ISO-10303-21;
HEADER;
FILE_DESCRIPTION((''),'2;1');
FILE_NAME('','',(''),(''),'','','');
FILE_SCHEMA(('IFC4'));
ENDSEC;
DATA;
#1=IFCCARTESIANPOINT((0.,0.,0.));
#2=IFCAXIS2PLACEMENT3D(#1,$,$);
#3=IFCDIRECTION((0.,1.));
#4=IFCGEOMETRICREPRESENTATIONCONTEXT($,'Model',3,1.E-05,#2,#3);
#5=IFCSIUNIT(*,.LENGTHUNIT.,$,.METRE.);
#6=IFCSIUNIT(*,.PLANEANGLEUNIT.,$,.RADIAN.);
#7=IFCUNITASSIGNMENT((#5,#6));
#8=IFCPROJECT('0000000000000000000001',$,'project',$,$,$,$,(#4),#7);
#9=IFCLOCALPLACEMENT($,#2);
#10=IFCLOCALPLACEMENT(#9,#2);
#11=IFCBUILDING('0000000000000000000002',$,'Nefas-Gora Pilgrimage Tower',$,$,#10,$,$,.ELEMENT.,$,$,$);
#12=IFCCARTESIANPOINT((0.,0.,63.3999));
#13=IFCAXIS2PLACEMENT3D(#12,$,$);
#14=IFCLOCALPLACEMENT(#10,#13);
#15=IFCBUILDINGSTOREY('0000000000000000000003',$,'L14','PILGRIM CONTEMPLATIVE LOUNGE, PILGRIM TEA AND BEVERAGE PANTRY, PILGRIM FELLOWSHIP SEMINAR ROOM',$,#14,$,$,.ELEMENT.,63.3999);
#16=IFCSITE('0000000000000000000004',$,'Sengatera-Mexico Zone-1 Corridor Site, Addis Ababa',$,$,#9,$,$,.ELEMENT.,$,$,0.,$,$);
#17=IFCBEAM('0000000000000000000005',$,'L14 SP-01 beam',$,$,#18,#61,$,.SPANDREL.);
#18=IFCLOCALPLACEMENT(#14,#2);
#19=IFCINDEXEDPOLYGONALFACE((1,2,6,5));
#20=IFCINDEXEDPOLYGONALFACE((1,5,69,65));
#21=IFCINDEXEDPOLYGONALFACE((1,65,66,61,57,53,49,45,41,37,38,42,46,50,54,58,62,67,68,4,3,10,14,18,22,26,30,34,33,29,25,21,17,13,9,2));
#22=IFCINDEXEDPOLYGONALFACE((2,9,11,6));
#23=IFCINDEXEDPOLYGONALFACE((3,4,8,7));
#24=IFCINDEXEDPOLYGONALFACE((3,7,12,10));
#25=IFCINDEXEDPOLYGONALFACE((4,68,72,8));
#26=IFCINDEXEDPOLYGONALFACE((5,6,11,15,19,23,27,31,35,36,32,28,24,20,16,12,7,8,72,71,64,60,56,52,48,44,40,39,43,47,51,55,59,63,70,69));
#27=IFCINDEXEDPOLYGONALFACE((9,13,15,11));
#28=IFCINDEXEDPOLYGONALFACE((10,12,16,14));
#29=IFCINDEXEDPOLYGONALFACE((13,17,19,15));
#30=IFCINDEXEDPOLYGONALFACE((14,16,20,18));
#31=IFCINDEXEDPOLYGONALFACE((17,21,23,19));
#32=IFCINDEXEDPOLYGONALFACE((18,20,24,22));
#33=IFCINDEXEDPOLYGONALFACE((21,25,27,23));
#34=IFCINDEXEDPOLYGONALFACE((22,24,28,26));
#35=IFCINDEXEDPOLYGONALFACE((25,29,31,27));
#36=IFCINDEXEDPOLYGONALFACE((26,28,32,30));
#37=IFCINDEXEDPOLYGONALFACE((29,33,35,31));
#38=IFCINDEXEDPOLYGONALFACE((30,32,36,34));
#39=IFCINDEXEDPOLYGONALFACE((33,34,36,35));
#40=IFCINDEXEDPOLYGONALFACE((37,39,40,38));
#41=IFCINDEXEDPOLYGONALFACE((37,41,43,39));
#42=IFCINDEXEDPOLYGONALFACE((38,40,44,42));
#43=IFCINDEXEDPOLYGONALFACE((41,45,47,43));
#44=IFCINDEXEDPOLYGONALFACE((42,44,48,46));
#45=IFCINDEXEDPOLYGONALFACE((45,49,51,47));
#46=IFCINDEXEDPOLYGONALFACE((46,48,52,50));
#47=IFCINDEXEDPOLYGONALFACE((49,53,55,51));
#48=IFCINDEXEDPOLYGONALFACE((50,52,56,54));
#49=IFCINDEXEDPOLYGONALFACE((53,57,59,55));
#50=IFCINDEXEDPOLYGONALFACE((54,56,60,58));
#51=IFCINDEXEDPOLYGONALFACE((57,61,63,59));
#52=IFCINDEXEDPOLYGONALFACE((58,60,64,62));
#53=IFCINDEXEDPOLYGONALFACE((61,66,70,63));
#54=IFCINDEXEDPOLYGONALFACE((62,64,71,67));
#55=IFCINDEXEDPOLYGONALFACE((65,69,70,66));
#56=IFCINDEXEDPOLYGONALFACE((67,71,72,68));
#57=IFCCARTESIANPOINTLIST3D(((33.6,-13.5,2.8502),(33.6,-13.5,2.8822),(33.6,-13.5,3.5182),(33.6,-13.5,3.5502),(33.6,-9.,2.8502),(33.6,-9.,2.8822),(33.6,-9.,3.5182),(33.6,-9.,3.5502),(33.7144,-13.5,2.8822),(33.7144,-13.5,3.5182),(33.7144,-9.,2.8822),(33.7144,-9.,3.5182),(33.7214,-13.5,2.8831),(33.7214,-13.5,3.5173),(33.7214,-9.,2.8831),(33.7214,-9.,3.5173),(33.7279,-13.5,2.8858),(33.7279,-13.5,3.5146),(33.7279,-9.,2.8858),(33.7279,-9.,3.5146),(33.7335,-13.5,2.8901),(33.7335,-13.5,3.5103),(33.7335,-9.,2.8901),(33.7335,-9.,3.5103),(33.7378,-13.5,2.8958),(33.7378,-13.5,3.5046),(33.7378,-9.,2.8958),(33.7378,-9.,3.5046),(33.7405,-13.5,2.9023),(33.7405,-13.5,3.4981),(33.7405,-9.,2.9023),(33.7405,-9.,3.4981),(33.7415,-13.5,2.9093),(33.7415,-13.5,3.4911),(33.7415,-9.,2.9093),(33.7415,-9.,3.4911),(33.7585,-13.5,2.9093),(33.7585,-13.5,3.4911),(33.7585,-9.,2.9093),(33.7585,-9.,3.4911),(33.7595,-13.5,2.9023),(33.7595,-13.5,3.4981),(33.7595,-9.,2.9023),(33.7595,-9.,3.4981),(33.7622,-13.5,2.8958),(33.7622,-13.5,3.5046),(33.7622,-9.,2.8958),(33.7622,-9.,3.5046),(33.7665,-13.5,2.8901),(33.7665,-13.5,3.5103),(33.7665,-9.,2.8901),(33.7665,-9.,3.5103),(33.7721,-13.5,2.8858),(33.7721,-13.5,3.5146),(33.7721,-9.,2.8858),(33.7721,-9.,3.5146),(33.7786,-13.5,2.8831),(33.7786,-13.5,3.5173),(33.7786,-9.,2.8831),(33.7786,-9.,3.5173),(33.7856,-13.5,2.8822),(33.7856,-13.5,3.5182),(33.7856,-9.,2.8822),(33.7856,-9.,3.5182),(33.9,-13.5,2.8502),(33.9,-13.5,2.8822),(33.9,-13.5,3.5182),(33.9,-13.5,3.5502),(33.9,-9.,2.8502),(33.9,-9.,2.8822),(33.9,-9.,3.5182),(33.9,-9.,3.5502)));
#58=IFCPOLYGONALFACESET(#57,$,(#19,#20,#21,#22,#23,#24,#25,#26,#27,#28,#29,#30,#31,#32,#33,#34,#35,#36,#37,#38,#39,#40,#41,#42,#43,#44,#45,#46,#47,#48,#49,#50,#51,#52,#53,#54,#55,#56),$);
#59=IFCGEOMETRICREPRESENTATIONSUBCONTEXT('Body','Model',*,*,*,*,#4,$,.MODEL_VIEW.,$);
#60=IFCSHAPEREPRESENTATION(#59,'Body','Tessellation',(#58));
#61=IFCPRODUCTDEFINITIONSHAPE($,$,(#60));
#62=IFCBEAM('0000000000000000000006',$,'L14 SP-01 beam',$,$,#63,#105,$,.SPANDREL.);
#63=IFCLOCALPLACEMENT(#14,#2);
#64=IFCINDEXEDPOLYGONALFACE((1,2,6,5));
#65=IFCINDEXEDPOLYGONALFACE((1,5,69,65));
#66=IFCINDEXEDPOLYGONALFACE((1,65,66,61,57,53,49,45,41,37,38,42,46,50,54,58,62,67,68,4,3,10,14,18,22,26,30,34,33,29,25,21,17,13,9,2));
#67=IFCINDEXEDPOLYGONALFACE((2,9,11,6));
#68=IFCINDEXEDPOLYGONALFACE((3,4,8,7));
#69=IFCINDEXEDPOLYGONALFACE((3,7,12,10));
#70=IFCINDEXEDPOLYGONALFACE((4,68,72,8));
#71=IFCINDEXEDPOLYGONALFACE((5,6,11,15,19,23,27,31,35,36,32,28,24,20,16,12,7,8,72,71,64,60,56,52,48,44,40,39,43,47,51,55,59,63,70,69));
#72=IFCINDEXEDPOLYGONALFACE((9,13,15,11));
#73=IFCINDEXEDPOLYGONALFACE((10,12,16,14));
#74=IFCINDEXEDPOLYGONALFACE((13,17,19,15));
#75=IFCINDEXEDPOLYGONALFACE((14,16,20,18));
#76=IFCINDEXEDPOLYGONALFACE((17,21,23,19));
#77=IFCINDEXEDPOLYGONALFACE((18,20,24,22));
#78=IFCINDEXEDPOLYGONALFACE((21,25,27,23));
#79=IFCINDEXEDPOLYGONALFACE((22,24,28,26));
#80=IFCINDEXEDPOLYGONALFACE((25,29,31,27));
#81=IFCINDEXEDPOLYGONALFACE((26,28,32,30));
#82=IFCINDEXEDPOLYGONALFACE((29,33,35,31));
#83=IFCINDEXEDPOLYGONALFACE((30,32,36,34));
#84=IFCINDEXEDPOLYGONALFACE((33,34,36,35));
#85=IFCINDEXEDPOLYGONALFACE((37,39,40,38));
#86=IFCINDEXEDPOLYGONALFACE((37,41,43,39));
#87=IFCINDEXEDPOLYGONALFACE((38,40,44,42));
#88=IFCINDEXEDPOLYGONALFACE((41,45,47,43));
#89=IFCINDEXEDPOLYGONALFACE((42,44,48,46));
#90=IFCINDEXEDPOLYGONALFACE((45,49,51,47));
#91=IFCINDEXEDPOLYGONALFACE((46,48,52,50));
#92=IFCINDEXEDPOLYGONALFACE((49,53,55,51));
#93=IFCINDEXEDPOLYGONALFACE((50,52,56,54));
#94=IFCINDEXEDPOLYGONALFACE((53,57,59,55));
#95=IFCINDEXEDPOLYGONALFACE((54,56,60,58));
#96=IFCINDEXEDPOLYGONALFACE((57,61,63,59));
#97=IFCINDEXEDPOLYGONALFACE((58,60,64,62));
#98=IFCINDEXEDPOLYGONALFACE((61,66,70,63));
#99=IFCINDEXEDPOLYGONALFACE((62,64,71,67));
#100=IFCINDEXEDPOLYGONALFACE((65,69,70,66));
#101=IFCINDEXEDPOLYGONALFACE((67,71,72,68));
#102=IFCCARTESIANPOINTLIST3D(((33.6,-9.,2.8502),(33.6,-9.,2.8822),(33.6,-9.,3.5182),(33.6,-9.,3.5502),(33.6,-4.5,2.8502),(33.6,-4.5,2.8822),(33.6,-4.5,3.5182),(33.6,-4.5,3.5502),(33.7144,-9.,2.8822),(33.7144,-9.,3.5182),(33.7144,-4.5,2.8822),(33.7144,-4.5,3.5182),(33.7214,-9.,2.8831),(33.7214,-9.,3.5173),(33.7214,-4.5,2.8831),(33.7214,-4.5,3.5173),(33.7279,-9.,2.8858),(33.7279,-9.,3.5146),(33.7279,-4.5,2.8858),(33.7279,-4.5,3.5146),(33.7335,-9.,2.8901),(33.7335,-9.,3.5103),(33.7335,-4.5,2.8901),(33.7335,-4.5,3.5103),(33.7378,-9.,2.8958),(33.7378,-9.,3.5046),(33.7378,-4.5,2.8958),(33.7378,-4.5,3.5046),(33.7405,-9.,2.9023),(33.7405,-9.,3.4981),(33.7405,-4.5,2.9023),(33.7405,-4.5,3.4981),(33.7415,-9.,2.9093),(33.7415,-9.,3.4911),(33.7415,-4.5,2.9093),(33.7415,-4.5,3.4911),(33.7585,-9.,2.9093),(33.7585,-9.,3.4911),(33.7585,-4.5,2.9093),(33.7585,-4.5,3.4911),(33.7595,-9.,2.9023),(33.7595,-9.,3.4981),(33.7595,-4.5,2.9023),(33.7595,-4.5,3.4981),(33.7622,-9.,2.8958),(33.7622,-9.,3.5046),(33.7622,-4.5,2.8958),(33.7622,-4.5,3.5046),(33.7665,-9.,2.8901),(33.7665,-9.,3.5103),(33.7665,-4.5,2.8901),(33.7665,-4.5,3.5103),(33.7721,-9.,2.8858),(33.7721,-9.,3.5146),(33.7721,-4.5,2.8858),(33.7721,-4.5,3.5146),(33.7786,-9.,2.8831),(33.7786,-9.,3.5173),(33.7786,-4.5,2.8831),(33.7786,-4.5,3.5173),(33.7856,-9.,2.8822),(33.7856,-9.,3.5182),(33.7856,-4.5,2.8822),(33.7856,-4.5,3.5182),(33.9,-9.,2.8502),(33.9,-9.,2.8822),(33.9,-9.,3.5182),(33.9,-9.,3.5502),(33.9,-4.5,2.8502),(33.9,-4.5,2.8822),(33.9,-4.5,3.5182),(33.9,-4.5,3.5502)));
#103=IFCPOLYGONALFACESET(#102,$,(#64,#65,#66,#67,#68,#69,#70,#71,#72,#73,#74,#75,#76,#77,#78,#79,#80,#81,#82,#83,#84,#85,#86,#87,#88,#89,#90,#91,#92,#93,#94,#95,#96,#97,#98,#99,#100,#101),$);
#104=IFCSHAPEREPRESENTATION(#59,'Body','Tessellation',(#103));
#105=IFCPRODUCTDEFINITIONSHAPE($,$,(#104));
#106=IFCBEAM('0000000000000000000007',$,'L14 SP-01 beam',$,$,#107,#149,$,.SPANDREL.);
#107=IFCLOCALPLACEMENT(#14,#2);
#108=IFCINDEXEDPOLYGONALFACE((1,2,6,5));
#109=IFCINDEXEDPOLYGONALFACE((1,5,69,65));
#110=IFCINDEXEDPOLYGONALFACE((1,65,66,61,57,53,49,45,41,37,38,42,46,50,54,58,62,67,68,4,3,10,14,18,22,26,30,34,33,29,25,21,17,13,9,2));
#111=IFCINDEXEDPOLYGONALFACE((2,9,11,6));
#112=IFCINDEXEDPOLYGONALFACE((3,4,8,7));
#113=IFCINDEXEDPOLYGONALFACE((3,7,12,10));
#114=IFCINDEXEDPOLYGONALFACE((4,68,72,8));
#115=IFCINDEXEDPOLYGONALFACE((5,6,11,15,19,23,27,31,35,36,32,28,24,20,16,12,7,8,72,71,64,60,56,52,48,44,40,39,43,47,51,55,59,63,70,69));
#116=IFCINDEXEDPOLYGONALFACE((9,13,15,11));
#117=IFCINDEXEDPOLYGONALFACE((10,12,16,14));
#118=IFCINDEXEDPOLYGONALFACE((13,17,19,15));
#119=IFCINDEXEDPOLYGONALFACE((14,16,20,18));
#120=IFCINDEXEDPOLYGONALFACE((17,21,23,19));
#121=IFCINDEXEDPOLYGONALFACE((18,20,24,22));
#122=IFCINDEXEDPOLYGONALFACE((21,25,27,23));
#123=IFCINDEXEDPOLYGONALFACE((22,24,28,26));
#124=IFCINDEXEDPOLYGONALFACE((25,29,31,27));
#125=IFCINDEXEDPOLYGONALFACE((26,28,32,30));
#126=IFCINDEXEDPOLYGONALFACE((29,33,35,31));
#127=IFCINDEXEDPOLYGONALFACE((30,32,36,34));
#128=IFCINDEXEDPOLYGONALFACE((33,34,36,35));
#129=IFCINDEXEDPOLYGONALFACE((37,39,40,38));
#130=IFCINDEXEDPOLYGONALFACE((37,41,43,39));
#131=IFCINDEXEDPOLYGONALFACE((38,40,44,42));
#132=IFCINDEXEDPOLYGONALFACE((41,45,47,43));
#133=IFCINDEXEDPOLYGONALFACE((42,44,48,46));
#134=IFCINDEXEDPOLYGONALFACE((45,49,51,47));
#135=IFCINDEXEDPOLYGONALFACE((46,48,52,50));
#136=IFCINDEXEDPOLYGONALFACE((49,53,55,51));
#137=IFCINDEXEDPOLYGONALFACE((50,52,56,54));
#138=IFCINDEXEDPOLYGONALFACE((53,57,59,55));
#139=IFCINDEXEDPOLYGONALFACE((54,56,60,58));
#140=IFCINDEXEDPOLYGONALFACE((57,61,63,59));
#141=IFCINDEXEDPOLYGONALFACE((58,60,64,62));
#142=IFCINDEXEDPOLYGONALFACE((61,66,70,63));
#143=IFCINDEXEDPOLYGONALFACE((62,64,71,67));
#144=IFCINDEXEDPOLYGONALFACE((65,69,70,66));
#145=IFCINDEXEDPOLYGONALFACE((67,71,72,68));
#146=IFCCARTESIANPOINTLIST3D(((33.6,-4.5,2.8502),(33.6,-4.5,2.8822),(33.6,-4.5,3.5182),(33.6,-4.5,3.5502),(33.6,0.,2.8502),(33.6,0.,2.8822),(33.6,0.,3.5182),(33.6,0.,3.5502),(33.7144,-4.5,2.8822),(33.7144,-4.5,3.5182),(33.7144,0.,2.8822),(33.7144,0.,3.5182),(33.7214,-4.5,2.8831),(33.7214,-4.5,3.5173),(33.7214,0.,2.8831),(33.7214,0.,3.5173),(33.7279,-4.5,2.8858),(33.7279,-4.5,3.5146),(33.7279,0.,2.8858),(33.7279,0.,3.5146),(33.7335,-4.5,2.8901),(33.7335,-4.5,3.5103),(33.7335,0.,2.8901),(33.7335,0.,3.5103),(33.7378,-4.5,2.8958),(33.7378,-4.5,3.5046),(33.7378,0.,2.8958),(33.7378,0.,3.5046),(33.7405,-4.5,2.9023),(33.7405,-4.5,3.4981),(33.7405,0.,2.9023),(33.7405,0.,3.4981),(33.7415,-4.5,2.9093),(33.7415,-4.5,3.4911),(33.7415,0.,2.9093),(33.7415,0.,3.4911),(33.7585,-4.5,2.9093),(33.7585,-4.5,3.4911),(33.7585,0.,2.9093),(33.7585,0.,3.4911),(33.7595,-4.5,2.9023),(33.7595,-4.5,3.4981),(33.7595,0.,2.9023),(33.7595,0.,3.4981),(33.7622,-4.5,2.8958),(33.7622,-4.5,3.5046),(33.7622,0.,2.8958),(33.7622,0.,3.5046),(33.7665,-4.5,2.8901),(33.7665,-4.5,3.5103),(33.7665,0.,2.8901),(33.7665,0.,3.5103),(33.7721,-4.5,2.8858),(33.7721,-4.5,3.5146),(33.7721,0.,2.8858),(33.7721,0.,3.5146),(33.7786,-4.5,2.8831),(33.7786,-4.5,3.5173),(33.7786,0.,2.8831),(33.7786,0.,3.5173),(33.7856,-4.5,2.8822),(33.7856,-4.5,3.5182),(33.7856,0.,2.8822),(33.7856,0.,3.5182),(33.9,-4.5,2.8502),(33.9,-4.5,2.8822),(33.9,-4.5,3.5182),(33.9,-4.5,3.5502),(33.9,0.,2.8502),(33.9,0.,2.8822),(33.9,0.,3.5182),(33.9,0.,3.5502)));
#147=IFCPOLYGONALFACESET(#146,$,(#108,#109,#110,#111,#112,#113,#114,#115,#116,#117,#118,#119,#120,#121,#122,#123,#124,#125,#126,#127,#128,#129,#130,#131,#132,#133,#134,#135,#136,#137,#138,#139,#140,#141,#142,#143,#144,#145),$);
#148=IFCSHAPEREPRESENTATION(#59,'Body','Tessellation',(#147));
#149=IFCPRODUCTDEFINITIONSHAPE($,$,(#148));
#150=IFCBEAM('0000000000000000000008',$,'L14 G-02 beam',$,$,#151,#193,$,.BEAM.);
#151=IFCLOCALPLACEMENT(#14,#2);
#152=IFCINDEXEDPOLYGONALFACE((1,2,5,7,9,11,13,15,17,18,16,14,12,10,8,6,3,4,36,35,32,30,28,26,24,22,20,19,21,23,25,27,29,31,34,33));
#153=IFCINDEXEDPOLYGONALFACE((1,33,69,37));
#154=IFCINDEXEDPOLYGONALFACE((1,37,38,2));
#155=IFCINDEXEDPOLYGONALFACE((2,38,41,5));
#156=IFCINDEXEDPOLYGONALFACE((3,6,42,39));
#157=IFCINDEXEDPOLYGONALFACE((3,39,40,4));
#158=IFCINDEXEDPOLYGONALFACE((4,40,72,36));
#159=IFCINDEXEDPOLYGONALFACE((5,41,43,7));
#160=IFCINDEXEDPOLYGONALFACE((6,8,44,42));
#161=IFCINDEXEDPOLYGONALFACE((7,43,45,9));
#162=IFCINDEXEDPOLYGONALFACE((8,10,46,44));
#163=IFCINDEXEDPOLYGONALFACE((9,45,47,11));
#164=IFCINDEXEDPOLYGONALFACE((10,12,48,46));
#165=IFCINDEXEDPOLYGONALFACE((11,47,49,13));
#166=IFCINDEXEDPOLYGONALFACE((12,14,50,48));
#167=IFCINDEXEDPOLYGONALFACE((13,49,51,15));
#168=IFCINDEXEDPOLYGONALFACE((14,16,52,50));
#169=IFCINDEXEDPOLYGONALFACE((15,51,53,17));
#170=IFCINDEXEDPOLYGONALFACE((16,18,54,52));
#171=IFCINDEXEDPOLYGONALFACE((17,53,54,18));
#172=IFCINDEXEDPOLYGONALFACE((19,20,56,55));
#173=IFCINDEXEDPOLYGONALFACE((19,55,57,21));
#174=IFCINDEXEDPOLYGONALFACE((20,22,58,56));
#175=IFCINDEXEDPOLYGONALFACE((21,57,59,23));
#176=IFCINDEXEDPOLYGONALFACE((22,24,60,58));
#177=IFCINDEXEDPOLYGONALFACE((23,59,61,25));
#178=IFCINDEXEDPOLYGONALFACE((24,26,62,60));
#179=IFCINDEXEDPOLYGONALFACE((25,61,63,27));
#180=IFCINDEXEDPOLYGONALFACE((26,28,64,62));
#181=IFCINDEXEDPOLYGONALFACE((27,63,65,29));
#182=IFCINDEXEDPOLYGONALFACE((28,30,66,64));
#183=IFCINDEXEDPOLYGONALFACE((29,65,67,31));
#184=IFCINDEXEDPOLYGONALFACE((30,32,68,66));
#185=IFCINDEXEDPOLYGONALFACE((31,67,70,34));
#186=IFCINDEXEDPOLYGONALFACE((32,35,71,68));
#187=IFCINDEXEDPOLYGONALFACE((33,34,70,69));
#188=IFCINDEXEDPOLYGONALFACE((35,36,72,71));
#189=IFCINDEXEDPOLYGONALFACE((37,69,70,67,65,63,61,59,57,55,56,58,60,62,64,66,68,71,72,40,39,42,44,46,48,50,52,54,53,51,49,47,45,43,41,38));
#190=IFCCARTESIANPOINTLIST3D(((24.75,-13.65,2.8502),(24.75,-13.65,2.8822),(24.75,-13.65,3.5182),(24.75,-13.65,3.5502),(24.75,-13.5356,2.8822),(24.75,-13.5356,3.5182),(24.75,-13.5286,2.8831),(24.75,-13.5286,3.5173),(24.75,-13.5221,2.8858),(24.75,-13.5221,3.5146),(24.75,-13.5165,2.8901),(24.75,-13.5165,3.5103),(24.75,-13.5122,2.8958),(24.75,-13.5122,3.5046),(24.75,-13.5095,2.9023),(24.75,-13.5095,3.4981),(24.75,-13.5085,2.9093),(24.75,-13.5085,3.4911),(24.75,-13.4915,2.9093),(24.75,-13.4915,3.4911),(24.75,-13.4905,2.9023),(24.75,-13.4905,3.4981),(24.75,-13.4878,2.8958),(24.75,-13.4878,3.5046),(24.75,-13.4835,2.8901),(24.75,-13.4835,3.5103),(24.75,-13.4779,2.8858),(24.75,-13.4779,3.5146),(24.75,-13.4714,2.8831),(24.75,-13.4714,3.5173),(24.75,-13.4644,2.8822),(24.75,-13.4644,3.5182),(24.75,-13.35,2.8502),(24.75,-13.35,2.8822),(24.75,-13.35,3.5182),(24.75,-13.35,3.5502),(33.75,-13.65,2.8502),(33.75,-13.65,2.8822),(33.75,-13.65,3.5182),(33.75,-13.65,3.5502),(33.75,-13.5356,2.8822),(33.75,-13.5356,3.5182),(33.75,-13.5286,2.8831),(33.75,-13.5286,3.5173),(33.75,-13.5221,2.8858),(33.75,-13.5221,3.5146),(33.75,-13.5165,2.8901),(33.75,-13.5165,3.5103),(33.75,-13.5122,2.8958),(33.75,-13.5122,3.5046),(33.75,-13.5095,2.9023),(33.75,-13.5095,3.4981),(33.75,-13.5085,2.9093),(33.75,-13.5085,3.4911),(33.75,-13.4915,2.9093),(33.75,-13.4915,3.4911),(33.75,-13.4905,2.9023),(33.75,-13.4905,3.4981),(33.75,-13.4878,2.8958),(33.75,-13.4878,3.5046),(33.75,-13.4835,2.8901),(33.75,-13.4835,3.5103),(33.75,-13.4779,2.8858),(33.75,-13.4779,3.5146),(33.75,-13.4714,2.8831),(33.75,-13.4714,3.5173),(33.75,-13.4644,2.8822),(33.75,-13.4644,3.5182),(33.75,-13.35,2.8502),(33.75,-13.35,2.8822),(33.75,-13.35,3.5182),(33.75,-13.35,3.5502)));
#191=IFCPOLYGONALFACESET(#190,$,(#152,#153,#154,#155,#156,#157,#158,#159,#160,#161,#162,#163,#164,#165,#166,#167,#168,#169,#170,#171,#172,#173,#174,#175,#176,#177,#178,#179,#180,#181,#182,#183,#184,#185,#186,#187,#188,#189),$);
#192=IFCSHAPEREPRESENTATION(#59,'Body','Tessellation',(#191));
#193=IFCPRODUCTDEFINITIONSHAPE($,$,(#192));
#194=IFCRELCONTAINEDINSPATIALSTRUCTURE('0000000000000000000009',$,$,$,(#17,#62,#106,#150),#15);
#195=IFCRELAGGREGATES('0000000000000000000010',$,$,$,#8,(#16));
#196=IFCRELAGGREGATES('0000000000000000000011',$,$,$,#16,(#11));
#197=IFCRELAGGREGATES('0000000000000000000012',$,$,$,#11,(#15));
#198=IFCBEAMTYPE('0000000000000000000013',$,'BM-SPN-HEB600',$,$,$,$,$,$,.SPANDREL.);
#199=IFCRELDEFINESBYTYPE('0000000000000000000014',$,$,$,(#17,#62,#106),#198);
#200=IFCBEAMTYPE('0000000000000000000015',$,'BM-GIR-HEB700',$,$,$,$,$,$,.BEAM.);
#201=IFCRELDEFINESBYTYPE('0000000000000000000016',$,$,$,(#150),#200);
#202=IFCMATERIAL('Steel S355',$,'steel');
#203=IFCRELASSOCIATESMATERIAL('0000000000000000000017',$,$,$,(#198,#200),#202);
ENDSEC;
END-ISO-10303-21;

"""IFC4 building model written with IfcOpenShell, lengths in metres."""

from ifc_helpers import new_model, si_unit, direction, frame, origin, origin_2d, place, context, subcontext, project, spatial, i_section, extrude, source, transform, mapped, material, material_profile, profile_set, type_object, element, save


model = new_model("IFC4")

# Units and contexts
model_context = context("Model", 3, precision=1e-05, world=origin(), true_north=direction((0.0, 1.0)))
body_context = subcontext(model_context, "Body", "Model", "MODEL_VIEW")
ifc_project = project(units=[si_unit("LENGTHUNIT", "METRE"), si_unit("PLANEANGLEUNIT", "RADIAN")], contexts=[model_context])

# Site, building, storey
site_placement = place(None, origin())
site = spatial("IfcSite", under=ifc_project, at=site_placement, Name="Sengatera-Mexico Zone-1 Corridor Site, Addis Ababa", CompositionType="ELEMENT", RefElevation=0.0)
building_placement = place(site_placement, origin())
building = spatial("IfcBuilding", under=site, at=building_placement, Name="Nefas-Gora Pilgrimage Tower", CompositionType="ELEMENT")
storey_placement = place(building_placement, frame((0.0, 0.0, 63.3999)))
storey = spatial("IfcBuildingStorey", under=building, at=storey_placement, Name="L14", Description="PILGRIM CONTEMPLATIVE LOUNGE, PILGRIM TEA AND BEVERAGE PANTRY, PILGRIM FELLOWSHIP SEMINAR ROOM", CompositionType="ELEMENT", Elevation=63.3999)

# Beams
ifc_material_1 = material(Name="Steel S355", Category="steel")
ifc_material_profile_1 = material_profile(ifc_material_1, i_section(OverallWidth=0.3, OverallDepth=0.7, WebThickness=0.0171, FlangeThickness=0.032, FilletRadius=0.0271, at=origin_2d()), Name="HEB 700")
ifc_profile_set_1 = profile_set([ifc_material_profile_1], Name="Steel S355")
beam_type_1 = type_object("IfcBeamType", Name="BM-SPN-HEB600", PredefinedType="SPANDREL", material=ifc_profile_set_1)
shared_shape_1 = source(origin(), body_context, "Body", "SweptSolid", [
    extrude(i_section(OverallWidth=0.3, OverallDepth=0.7, WebThickness=0.0171, FlangeThickness=0.032, FilletRadius=0.0271, at=origin_2d()), origin(), (0.0, 0.0, 1.0), 4.5),
])
for number, where, z_axis, x_axis, name in (
    (1, (33.75, -13.5, 3.2002), (0.0, 1.0, 0.0), (-1.0, 0.0, 0.0), "L14 SP-01 beam"),
    (2, (33.75, -9.0, 3.2002), (0.0, 1.0, 0.0), (-1.0, 0.0, 0.0), "L14 SP-01 beam"),
    (3, (33.75, -4.5, 3.2002), (0.0, 1.0, 0.0), (-1.0, 0.0, 0.0), "L14 SP-01 beam"),
):
    element("IfcBeam", number, at=place(storey_placement, frame(where, z_axis=z_axis, x_axis=x_axis)), inside=storey, type_object=beam_type_1, Name=name, PredefinedType="SPANDREL", context=body_context, shape_type="MappedRepresentation", body=[
        mapped(shared_shape_1, transform((0.0, 0.0, 0.0), x_axis=(1.0, 0.0, 0.0), y_axis=(0.0, 1.0, 0.0), z_axis=(0.0, 0.0, 1.0), scale=1.0)),
    ])
ifc_material_profile_2 = material_profile(ifc_material_1, i_section(OverallWidth=0.3, OverallDepth=0.7, WebThickness=0.0171, FlangeThickness=0.032, FilletRadius=0.0271, at=origin_2d()), Name="HEB 700")
ifc_profile_set_2 = profile_set([ifc_material_profile_2], Name="Steel S355")
beam_type_2 = type_object("IfcBeamType", Name="BM-GIR-HEB700", PredefinedType="BEAM", material=ifc_profile_set_2)
shared_shape_2 = source(origin(), body_context, "Body", "SweptSolid", [
    extrude(i_section(OverallWidth=0.3, OverallDepth=0.7, WebThickness=0.0171, FlangeThickness=0.032, FilletRadius=0.0271, at=origin_2d()), origin(), (0.0, 0.0, 1.0), 9.0),
])
for number, where, z_axis, x_axis, name in (
    (4, (24.75, -13.5, 3.2002), (1.0, 0.0, 0.0), (0.0, 1.0, 0.0), "L14 G-02 beam"),
):
    element("IfcBeam", number, at=place(storey_placement, frame(where, z_axis=z_axis, x_axis=x_axis)), inside=storey, type_object=beam_type_2, Name=name, PredefinedType="BEAM", context=body_context, shape_type="MappedRepresentation", body=[
        mapped(shared_shape_2, transform((0.0, 0.0, 0.0), x_axis=(1.0, 0.0, 0.0), y_axis=(0.0, 1.0, 0.0), z_axis=(0.0, 0.0, 1.0), scale=1.0)),
    ])

save(model, "model.ifc")
